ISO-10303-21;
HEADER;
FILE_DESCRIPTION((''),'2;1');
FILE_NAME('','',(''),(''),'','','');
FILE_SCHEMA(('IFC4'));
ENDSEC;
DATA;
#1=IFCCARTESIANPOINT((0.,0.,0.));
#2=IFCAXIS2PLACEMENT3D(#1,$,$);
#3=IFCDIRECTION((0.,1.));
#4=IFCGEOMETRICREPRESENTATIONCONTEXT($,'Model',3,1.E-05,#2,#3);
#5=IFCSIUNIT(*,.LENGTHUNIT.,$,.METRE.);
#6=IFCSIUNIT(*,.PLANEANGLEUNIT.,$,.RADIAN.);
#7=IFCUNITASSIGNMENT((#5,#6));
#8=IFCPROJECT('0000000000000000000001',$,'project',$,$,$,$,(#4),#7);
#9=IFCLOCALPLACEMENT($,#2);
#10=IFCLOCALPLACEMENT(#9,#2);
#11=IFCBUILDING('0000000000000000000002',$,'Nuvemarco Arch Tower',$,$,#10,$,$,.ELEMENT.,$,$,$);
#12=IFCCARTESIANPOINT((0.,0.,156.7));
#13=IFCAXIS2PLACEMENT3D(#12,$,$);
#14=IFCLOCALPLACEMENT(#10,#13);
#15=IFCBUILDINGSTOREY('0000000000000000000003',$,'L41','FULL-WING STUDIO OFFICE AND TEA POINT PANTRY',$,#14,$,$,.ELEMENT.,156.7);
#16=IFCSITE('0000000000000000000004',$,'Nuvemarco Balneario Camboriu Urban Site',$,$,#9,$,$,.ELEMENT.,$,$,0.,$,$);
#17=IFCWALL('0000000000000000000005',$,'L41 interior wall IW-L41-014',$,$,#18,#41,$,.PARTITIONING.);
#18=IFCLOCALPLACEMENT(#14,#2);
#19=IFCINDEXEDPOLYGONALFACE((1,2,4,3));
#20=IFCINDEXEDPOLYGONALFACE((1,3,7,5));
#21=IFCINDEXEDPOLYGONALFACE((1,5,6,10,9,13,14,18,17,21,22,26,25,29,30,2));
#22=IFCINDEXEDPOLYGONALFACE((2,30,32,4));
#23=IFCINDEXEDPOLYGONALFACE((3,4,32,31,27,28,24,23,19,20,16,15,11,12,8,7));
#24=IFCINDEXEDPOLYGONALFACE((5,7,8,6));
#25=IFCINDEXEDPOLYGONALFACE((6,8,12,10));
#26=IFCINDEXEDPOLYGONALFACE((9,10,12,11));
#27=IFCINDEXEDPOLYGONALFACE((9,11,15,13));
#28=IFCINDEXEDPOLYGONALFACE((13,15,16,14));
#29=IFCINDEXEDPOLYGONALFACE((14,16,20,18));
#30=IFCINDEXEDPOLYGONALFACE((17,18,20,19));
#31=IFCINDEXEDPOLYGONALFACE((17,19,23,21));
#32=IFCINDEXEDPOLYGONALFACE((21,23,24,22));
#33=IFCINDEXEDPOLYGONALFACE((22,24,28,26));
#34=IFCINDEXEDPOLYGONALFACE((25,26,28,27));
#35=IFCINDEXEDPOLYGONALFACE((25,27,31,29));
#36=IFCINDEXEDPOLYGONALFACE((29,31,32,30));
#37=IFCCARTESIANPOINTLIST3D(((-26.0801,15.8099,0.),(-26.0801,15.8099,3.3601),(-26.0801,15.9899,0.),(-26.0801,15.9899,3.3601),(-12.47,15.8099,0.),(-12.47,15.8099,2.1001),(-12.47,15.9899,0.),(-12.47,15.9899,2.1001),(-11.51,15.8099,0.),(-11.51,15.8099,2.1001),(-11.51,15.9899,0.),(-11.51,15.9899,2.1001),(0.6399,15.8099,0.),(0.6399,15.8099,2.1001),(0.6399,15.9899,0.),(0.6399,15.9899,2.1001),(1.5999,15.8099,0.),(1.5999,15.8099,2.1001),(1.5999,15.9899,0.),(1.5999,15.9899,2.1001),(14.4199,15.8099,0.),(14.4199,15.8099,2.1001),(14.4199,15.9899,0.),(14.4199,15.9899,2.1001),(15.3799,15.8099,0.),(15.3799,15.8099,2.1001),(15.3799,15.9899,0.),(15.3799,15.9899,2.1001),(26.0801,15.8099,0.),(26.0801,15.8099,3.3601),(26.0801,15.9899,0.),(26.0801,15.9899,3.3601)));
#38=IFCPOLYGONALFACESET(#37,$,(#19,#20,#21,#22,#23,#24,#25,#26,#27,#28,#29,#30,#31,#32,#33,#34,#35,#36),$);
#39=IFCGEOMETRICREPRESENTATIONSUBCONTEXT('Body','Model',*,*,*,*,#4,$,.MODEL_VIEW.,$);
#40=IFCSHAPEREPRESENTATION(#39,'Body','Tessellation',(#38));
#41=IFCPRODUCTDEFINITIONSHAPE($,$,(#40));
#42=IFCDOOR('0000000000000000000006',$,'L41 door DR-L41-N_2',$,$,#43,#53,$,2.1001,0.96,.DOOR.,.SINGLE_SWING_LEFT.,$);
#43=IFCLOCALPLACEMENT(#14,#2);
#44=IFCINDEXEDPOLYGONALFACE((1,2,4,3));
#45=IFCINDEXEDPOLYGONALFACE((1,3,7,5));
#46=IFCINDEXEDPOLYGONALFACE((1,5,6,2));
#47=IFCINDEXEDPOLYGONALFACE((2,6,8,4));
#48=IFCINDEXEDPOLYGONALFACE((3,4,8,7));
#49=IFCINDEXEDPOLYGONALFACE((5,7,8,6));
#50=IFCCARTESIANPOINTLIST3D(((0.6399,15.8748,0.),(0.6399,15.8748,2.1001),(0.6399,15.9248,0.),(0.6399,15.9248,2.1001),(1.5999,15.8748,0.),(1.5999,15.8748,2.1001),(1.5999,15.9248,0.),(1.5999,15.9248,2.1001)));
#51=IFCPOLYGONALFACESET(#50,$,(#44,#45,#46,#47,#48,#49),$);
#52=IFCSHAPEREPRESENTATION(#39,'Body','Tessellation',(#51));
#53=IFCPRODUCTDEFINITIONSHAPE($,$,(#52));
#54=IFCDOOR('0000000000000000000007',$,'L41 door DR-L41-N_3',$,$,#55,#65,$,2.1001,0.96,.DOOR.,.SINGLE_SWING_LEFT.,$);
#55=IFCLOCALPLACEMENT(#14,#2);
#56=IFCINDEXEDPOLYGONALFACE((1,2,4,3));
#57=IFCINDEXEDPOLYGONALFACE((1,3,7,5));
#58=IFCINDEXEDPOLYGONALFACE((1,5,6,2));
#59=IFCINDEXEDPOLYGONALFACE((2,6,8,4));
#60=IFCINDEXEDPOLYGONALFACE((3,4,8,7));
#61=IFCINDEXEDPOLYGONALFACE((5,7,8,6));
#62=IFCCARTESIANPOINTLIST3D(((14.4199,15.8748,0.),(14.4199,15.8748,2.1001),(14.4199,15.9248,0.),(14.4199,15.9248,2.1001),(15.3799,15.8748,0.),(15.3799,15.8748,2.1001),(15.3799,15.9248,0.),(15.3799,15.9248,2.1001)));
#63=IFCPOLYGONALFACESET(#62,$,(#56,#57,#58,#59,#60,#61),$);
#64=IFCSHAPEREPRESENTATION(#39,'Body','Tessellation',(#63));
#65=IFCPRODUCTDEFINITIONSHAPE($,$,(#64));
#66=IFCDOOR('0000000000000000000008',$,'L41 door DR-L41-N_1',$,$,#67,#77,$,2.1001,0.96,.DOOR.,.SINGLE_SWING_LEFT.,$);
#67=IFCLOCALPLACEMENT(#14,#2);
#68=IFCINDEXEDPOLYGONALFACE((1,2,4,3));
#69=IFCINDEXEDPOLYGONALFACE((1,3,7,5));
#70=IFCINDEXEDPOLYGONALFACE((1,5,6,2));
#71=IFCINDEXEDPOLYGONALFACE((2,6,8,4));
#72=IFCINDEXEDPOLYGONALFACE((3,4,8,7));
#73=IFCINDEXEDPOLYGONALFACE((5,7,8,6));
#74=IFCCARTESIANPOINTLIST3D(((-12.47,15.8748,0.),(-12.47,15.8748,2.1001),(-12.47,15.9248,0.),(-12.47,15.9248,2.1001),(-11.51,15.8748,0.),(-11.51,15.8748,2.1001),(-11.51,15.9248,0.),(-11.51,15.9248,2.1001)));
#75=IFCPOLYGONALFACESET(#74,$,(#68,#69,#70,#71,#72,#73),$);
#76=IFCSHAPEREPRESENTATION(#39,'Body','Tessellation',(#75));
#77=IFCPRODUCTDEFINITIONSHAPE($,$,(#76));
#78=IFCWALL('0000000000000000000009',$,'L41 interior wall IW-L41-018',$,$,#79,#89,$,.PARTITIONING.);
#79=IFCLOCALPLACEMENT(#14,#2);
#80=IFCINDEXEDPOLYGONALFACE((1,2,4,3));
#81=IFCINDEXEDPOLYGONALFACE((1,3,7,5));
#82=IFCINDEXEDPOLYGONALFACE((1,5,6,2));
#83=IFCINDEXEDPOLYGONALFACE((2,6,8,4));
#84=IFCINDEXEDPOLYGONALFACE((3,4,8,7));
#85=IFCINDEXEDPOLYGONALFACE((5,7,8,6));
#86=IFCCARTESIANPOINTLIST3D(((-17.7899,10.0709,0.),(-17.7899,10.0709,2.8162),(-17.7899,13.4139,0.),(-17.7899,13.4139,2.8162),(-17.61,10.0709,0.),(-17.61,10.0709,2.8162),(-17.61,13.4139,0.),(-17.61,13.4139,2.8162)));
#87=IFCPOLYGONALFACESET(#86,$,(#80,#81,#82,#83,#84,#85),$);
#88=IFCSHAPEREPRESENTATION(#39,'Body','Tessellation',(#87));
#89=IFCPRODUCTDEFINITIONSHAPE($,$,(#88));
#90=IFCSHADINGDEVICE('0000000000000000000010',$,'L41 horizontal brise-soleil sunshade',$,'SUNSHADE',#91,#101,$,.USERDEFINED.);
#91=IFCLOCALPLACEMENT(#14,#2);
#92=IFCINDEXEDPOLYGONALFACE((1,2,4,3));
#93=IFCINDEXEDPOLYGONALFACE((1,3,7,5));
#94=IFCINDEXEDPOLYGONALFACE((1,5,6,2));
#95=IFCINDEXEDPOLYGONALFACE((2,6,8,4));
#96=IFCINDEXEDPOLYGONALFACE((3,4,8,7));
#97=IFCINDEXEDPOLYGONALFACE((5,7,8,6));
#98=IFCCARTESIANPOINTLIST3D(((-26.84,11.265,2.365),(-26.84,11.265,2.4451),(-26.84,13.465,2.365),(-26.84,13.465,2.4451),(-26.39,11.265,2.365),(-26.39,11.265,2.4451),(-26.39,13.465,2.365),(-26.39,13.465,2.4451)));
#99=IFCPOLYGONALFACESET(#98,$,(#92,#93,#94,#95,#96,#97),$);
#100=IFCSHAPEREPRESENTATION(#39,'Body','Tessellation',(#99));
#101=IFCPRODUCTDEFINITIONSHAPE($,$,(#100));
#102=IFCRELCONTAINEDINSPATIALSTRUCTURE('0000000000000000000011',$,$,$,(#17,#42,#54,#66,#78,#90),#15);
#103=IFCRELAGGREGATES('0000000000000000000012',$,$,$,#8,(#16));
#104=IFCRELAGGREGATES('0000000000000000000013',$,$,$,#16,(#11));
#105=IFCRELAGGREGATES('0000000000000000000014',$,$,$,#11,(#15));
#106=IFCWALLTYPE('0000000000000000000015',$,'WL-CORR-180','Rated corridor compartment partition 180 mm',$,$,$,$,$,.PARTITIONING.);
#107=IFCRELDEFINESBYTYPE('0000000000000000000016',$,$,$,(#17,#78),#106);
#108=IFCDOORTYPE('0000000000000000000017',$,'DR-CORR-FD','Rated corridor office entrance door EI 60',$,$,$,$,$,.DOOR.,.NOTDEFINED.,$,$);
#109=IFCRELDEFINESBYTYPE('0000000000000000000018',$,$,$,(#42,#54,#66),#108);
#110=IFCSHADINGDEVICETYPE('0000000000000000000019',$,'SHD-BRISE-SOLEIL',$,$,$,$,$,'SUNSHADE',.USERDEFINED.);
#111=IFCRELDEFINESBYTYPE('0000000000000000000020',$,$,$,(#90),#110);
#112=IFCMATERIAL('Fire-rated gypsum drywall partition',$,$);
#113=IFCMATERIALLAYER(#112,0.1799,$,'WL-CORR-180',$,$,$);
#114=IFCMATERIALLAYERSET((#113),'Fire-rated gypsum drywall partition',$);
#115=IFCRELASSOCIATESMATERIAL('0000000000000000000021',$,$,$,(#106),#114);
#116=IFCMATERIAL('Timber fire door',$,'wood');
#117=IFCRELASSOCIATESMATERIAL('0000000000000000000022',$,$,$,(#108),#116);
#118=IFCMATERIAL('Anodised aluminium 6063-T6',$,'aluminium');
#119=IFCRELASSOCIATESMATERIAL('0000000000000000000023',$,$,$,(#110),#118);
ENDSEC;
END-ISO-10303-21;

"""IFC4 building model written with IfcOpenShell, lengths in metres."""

from ifc_helpers import new_model, si_unit, direction, frame, frame_2d, origin, origin_2d, place, context, subcontext, project, spatial, rectangle, extrude, source, transform, mapped, material, layer, layer_set, type_object, type_shapes, element, fill, save


model = new_model("IFC4")

# Units and contexts
model_context = context("Model", 3, precision=1e-05, world=origin(), true_north=direction((0.0, 1.0)))
body_context = subcontext(model_context, "Body", "Model", "MODEL_VIEW")
ifc_project = project(units=[si_unit("LENGTHUNIT", "METRE"), si_unit("PLANEANGLEUNIT", "RADIAN")], contexts=[model_context])

# Site, building, storey
site_placement = place(None, origin())
site = spatial("IfcSite", under=ifc_project, at=site_placement, Name="Nuvemarco Balneario Camboriu Urban Site", CompositionType="ELEMENT", RefElevation=0.0)
building_placement = place(site_placement, origin())
building = spatial("IfcBuilding", under=site, at=building_placement, Name="Nuvemarco Arch Tower", CompositionType="ELEMENT")
storey_placement = place(building_placement, frame((0.0, 0.0, 156.7)))
storey = spatial("IfcBuildingStorey", under=building, at=storey_placement, Name="L41", Description="FULL-WING STUDIO OFFICE AND TEA POINT PANTRY", CompositionType="ELEMENT", Elevation=156.7)

# Shared definitions
ifc_material_1 = material(Name="Fire-rated gypsum drywall partition")
ifc_layer = layer(ifc_material_1, 0.1799, Name="WL-CORR-180")
ifc_layer_set = layer_set([ifc_layer], Name="Fire-rated gypsum drywall partition")
wall_type = type_object("IfcWallType", Name="WL-CORR-180", Description="Rated corridor compartment partition 180 mm", PredefinedType="PARTITIONING", material=ifc_layer_set)
ifc_material_2 = material(Name="Timber fire door", Category="wood")
door_type = type_object("IfcDoorType", Name="DR-CORR-FD", Description="Rated corridor office entrance door EI 60", OperationType="NOTDEFINED", PredefinedType="DOOR", material=ifc_material_2)
shared_shape_1 = source(origin(), body_context, "Body", "SweptSolid", [
    extrude(rectangle(XDim=0.96, YDim=2.1001, at=frame_2d((0.48, 1.05))), frame((0.0, 0.0249, 0.0), z_axis=(0.0, -1.0, 0.0), x_axis=(1.0, 0.0, 0.0)), (0.0, 0.0, 1.0), 0.05),
])
type_shapes(door_type, [shared_shape_1])

# Wall, openings, doors
wall_1_placement = place(storey_placement, frame((-26.0801, 15.8999, 0.0), z_axis=(0.0, 0.0, 1.0), x_axis=(1.0, 0.0, 0.0)))
wall_1 = element("IfcWall", 1, at=wall_1_placement, inside=storey, type_object=wall_type, Name="L41 interior wall IW-L41-014", PredefinedType="PARTITIONING", context=body_context, shape_type="SweptSolid", body=[
    extrude(rectangle(XDim=52.1602, YDim=0.1799, at=frame_2d((26.0801, 0.0))), origin(), (0.0, 0.0, 1.0), 3.3601),
])
opening_1_placement = place(wall_1_placement, frame((26.72, 0.0, 0.0)))
opening_1 = element("IfcOpeningElement", 2, at=opening_1_placement, cuts=wall_1, PredefinedType="OPENING", context=body_context, shape_type="SweptSolid", body=[
    extrude(rectangle(XDim=0.96, YDim=2.1001, at=frame_2d((0.48, 1.05))), frame((0.0, 0.0999, 0.0), z_axis=(0.0, -1.0, 0.0), x_axis=(1.0, 0.0, 0.0)), (0.0, 0.0, 1.0), 0.2),
])
opening_2_placement = place(wall_1_placement, frame((40.5, 0.0, 0.0)))
opening_2 = element("IfcOpeningElement", 3, at=opening_2_placement, cuts=wall_1, PredefinedType="OPENING", context=body_context, shape_type="SweptSolid", body=[
    extrude(rectangle(XDim=0.96, YDim=2.1001, at=frame_2d((0.48, 1.05))), frame((0.0, 0.0999, 0.0), z_axis=(0.0, -1.0, 0.0), x_axis=(1.0, 0.0, 0.0)), (0.0, 0.0, 1.0), 0.2),
])
opening_3_placement = place(wall_1_placement, frame((13.6101, 0.0, 0.0)))
opening_3 = element("IfcOpeningElement", 4, at=opening_3_placement, cuts=wall_1, PredefinedType="OPENING", context=body_context, shape_type="SweptSolid", body=[
    extrude(rectangle(XDim=0.96, YDim=2.1001, at=frame_2d((0.48, 1.05))), frame((0.0, 0.0999, 0.0), z_axis=(0.0, -1.0, 0.0), x_axis=(1.0, 0.0, 0.0)), (0.0, 0.0, 1.0), 0.2),
])
door_1_placement = place(opening_1_placement, origin())
door_1 = element("IfcDoor", 5, at=door_1_placement, inside=storey, type_object=door_type, Name="L41 door DR-L41-N_2", OperationType="SINGLE_SWING_LEFT", OverallHeight=2.1001, OverallWidth=0.96, PredefinedType="DOOR", context=body_context, shape_type="MappedRepresentation", body=[
    mapped(shared_shape_1, transform((0.0, 0.0, 0.0), scale=1.0)),
])
fill(opening_1, door_1)
door_2_placement = place(opening_2_placement, origin())
door_2 = element("IfcDoor", 6, at=door_2_placement, inside=storey, type_object=door_type, Name="L41 door DR-L41-N_3", OperationType="SINGLE_SWING_LEFT", OverallHeight=2.1001, OverallWidth=0.96, PredefinedType="DOOR", context=body_context, shape_type="MappedRepresentation", body=[
    mapped(shared_shape_1, transform((0.0, 0.0, 0.0), scale=1.0)),
])
fill(opening_2, door_2)
door_3_placement = place(opening_3_placement, origin())
door_3 = element("IfcDoor", 7, at=door_3_placement, inside=storey, type_object=door_type, Name="L41 door DR-L41-N_1", OperationType="SINGLE_SWING_LEFT", OverallHeight=2.1001, OverallWidth=0.96, PredefinedType="DOOR", context=body_context, shape_type="MappedRepresentation", body=[
    mapped(shared_shape_1, transform((0.0, 0.0, 0.0), scale=1.0)),
])
fill(opening_3, door_3)

# Wall
wall_2_placement = place(storey_placement, frame((-17.7, 10.071, 0.0), z_axis=(0.0, 0.0, 1.0), x_axis=(0.0, 1.0, 0.0)))
element("IfcWall", 8, at=wall_2_placement, inside=storey, type_object=wall_type, Name="L41 interior wall IW-L41-018", PredefinedType="PARTITIONING", context=body_context, shape_type="SweptSolid", body=[
    extrude(rectangle(XDim=3.343, YDim=0.1799, at=frame_2d((1.6714, 0.0))), origin(), (0.0, 0.0, 1.0), 2.8162),
])

# Shading device
ifc_material_3 = material(Name="Anodised aluminium 6063-T6", Category="aluminium")
shading_device_type = type_object("IfcShadingDeviceType", Name="SHD-BRISE-SOLEIL", ElementType="SUNSHADE", PredefinedType="USERDEFINED", material=ifc_material_3)
shared_shape_2 = source(origin(), body_context, "Body", "SweptSolid", [
    extrude(rectangle(XDim=2.2, YDim=0.45, at=origin_2d()), origin(), (0.0, 0.0, 1.0), 0.0801),
])
type_shapes(shading_device_type, [shared_shape_2])
shading_device_placement = place(storey_placement, frame((-26.615, 12.365, 2.365), z_axis=(0.0, 0.0, 1.0), x_axis=(0.0, 1.0, 0.0)))
element("IfcShadingDevice", 9, at=shading_device_placement, inside=storey, type_object=shading_device_type, Name="L41 horizontal brise-soleil sunshade", ObjectType="SUNSHADE", PredefinedType="USERDEFINED", context=body_context, shape_type="MappedRepresentation", body=[
    mapped(shared_shape_2, transform((0.0, 0.0, 0.0), scale=1.0)),
])

save(model, "model.ifc")
